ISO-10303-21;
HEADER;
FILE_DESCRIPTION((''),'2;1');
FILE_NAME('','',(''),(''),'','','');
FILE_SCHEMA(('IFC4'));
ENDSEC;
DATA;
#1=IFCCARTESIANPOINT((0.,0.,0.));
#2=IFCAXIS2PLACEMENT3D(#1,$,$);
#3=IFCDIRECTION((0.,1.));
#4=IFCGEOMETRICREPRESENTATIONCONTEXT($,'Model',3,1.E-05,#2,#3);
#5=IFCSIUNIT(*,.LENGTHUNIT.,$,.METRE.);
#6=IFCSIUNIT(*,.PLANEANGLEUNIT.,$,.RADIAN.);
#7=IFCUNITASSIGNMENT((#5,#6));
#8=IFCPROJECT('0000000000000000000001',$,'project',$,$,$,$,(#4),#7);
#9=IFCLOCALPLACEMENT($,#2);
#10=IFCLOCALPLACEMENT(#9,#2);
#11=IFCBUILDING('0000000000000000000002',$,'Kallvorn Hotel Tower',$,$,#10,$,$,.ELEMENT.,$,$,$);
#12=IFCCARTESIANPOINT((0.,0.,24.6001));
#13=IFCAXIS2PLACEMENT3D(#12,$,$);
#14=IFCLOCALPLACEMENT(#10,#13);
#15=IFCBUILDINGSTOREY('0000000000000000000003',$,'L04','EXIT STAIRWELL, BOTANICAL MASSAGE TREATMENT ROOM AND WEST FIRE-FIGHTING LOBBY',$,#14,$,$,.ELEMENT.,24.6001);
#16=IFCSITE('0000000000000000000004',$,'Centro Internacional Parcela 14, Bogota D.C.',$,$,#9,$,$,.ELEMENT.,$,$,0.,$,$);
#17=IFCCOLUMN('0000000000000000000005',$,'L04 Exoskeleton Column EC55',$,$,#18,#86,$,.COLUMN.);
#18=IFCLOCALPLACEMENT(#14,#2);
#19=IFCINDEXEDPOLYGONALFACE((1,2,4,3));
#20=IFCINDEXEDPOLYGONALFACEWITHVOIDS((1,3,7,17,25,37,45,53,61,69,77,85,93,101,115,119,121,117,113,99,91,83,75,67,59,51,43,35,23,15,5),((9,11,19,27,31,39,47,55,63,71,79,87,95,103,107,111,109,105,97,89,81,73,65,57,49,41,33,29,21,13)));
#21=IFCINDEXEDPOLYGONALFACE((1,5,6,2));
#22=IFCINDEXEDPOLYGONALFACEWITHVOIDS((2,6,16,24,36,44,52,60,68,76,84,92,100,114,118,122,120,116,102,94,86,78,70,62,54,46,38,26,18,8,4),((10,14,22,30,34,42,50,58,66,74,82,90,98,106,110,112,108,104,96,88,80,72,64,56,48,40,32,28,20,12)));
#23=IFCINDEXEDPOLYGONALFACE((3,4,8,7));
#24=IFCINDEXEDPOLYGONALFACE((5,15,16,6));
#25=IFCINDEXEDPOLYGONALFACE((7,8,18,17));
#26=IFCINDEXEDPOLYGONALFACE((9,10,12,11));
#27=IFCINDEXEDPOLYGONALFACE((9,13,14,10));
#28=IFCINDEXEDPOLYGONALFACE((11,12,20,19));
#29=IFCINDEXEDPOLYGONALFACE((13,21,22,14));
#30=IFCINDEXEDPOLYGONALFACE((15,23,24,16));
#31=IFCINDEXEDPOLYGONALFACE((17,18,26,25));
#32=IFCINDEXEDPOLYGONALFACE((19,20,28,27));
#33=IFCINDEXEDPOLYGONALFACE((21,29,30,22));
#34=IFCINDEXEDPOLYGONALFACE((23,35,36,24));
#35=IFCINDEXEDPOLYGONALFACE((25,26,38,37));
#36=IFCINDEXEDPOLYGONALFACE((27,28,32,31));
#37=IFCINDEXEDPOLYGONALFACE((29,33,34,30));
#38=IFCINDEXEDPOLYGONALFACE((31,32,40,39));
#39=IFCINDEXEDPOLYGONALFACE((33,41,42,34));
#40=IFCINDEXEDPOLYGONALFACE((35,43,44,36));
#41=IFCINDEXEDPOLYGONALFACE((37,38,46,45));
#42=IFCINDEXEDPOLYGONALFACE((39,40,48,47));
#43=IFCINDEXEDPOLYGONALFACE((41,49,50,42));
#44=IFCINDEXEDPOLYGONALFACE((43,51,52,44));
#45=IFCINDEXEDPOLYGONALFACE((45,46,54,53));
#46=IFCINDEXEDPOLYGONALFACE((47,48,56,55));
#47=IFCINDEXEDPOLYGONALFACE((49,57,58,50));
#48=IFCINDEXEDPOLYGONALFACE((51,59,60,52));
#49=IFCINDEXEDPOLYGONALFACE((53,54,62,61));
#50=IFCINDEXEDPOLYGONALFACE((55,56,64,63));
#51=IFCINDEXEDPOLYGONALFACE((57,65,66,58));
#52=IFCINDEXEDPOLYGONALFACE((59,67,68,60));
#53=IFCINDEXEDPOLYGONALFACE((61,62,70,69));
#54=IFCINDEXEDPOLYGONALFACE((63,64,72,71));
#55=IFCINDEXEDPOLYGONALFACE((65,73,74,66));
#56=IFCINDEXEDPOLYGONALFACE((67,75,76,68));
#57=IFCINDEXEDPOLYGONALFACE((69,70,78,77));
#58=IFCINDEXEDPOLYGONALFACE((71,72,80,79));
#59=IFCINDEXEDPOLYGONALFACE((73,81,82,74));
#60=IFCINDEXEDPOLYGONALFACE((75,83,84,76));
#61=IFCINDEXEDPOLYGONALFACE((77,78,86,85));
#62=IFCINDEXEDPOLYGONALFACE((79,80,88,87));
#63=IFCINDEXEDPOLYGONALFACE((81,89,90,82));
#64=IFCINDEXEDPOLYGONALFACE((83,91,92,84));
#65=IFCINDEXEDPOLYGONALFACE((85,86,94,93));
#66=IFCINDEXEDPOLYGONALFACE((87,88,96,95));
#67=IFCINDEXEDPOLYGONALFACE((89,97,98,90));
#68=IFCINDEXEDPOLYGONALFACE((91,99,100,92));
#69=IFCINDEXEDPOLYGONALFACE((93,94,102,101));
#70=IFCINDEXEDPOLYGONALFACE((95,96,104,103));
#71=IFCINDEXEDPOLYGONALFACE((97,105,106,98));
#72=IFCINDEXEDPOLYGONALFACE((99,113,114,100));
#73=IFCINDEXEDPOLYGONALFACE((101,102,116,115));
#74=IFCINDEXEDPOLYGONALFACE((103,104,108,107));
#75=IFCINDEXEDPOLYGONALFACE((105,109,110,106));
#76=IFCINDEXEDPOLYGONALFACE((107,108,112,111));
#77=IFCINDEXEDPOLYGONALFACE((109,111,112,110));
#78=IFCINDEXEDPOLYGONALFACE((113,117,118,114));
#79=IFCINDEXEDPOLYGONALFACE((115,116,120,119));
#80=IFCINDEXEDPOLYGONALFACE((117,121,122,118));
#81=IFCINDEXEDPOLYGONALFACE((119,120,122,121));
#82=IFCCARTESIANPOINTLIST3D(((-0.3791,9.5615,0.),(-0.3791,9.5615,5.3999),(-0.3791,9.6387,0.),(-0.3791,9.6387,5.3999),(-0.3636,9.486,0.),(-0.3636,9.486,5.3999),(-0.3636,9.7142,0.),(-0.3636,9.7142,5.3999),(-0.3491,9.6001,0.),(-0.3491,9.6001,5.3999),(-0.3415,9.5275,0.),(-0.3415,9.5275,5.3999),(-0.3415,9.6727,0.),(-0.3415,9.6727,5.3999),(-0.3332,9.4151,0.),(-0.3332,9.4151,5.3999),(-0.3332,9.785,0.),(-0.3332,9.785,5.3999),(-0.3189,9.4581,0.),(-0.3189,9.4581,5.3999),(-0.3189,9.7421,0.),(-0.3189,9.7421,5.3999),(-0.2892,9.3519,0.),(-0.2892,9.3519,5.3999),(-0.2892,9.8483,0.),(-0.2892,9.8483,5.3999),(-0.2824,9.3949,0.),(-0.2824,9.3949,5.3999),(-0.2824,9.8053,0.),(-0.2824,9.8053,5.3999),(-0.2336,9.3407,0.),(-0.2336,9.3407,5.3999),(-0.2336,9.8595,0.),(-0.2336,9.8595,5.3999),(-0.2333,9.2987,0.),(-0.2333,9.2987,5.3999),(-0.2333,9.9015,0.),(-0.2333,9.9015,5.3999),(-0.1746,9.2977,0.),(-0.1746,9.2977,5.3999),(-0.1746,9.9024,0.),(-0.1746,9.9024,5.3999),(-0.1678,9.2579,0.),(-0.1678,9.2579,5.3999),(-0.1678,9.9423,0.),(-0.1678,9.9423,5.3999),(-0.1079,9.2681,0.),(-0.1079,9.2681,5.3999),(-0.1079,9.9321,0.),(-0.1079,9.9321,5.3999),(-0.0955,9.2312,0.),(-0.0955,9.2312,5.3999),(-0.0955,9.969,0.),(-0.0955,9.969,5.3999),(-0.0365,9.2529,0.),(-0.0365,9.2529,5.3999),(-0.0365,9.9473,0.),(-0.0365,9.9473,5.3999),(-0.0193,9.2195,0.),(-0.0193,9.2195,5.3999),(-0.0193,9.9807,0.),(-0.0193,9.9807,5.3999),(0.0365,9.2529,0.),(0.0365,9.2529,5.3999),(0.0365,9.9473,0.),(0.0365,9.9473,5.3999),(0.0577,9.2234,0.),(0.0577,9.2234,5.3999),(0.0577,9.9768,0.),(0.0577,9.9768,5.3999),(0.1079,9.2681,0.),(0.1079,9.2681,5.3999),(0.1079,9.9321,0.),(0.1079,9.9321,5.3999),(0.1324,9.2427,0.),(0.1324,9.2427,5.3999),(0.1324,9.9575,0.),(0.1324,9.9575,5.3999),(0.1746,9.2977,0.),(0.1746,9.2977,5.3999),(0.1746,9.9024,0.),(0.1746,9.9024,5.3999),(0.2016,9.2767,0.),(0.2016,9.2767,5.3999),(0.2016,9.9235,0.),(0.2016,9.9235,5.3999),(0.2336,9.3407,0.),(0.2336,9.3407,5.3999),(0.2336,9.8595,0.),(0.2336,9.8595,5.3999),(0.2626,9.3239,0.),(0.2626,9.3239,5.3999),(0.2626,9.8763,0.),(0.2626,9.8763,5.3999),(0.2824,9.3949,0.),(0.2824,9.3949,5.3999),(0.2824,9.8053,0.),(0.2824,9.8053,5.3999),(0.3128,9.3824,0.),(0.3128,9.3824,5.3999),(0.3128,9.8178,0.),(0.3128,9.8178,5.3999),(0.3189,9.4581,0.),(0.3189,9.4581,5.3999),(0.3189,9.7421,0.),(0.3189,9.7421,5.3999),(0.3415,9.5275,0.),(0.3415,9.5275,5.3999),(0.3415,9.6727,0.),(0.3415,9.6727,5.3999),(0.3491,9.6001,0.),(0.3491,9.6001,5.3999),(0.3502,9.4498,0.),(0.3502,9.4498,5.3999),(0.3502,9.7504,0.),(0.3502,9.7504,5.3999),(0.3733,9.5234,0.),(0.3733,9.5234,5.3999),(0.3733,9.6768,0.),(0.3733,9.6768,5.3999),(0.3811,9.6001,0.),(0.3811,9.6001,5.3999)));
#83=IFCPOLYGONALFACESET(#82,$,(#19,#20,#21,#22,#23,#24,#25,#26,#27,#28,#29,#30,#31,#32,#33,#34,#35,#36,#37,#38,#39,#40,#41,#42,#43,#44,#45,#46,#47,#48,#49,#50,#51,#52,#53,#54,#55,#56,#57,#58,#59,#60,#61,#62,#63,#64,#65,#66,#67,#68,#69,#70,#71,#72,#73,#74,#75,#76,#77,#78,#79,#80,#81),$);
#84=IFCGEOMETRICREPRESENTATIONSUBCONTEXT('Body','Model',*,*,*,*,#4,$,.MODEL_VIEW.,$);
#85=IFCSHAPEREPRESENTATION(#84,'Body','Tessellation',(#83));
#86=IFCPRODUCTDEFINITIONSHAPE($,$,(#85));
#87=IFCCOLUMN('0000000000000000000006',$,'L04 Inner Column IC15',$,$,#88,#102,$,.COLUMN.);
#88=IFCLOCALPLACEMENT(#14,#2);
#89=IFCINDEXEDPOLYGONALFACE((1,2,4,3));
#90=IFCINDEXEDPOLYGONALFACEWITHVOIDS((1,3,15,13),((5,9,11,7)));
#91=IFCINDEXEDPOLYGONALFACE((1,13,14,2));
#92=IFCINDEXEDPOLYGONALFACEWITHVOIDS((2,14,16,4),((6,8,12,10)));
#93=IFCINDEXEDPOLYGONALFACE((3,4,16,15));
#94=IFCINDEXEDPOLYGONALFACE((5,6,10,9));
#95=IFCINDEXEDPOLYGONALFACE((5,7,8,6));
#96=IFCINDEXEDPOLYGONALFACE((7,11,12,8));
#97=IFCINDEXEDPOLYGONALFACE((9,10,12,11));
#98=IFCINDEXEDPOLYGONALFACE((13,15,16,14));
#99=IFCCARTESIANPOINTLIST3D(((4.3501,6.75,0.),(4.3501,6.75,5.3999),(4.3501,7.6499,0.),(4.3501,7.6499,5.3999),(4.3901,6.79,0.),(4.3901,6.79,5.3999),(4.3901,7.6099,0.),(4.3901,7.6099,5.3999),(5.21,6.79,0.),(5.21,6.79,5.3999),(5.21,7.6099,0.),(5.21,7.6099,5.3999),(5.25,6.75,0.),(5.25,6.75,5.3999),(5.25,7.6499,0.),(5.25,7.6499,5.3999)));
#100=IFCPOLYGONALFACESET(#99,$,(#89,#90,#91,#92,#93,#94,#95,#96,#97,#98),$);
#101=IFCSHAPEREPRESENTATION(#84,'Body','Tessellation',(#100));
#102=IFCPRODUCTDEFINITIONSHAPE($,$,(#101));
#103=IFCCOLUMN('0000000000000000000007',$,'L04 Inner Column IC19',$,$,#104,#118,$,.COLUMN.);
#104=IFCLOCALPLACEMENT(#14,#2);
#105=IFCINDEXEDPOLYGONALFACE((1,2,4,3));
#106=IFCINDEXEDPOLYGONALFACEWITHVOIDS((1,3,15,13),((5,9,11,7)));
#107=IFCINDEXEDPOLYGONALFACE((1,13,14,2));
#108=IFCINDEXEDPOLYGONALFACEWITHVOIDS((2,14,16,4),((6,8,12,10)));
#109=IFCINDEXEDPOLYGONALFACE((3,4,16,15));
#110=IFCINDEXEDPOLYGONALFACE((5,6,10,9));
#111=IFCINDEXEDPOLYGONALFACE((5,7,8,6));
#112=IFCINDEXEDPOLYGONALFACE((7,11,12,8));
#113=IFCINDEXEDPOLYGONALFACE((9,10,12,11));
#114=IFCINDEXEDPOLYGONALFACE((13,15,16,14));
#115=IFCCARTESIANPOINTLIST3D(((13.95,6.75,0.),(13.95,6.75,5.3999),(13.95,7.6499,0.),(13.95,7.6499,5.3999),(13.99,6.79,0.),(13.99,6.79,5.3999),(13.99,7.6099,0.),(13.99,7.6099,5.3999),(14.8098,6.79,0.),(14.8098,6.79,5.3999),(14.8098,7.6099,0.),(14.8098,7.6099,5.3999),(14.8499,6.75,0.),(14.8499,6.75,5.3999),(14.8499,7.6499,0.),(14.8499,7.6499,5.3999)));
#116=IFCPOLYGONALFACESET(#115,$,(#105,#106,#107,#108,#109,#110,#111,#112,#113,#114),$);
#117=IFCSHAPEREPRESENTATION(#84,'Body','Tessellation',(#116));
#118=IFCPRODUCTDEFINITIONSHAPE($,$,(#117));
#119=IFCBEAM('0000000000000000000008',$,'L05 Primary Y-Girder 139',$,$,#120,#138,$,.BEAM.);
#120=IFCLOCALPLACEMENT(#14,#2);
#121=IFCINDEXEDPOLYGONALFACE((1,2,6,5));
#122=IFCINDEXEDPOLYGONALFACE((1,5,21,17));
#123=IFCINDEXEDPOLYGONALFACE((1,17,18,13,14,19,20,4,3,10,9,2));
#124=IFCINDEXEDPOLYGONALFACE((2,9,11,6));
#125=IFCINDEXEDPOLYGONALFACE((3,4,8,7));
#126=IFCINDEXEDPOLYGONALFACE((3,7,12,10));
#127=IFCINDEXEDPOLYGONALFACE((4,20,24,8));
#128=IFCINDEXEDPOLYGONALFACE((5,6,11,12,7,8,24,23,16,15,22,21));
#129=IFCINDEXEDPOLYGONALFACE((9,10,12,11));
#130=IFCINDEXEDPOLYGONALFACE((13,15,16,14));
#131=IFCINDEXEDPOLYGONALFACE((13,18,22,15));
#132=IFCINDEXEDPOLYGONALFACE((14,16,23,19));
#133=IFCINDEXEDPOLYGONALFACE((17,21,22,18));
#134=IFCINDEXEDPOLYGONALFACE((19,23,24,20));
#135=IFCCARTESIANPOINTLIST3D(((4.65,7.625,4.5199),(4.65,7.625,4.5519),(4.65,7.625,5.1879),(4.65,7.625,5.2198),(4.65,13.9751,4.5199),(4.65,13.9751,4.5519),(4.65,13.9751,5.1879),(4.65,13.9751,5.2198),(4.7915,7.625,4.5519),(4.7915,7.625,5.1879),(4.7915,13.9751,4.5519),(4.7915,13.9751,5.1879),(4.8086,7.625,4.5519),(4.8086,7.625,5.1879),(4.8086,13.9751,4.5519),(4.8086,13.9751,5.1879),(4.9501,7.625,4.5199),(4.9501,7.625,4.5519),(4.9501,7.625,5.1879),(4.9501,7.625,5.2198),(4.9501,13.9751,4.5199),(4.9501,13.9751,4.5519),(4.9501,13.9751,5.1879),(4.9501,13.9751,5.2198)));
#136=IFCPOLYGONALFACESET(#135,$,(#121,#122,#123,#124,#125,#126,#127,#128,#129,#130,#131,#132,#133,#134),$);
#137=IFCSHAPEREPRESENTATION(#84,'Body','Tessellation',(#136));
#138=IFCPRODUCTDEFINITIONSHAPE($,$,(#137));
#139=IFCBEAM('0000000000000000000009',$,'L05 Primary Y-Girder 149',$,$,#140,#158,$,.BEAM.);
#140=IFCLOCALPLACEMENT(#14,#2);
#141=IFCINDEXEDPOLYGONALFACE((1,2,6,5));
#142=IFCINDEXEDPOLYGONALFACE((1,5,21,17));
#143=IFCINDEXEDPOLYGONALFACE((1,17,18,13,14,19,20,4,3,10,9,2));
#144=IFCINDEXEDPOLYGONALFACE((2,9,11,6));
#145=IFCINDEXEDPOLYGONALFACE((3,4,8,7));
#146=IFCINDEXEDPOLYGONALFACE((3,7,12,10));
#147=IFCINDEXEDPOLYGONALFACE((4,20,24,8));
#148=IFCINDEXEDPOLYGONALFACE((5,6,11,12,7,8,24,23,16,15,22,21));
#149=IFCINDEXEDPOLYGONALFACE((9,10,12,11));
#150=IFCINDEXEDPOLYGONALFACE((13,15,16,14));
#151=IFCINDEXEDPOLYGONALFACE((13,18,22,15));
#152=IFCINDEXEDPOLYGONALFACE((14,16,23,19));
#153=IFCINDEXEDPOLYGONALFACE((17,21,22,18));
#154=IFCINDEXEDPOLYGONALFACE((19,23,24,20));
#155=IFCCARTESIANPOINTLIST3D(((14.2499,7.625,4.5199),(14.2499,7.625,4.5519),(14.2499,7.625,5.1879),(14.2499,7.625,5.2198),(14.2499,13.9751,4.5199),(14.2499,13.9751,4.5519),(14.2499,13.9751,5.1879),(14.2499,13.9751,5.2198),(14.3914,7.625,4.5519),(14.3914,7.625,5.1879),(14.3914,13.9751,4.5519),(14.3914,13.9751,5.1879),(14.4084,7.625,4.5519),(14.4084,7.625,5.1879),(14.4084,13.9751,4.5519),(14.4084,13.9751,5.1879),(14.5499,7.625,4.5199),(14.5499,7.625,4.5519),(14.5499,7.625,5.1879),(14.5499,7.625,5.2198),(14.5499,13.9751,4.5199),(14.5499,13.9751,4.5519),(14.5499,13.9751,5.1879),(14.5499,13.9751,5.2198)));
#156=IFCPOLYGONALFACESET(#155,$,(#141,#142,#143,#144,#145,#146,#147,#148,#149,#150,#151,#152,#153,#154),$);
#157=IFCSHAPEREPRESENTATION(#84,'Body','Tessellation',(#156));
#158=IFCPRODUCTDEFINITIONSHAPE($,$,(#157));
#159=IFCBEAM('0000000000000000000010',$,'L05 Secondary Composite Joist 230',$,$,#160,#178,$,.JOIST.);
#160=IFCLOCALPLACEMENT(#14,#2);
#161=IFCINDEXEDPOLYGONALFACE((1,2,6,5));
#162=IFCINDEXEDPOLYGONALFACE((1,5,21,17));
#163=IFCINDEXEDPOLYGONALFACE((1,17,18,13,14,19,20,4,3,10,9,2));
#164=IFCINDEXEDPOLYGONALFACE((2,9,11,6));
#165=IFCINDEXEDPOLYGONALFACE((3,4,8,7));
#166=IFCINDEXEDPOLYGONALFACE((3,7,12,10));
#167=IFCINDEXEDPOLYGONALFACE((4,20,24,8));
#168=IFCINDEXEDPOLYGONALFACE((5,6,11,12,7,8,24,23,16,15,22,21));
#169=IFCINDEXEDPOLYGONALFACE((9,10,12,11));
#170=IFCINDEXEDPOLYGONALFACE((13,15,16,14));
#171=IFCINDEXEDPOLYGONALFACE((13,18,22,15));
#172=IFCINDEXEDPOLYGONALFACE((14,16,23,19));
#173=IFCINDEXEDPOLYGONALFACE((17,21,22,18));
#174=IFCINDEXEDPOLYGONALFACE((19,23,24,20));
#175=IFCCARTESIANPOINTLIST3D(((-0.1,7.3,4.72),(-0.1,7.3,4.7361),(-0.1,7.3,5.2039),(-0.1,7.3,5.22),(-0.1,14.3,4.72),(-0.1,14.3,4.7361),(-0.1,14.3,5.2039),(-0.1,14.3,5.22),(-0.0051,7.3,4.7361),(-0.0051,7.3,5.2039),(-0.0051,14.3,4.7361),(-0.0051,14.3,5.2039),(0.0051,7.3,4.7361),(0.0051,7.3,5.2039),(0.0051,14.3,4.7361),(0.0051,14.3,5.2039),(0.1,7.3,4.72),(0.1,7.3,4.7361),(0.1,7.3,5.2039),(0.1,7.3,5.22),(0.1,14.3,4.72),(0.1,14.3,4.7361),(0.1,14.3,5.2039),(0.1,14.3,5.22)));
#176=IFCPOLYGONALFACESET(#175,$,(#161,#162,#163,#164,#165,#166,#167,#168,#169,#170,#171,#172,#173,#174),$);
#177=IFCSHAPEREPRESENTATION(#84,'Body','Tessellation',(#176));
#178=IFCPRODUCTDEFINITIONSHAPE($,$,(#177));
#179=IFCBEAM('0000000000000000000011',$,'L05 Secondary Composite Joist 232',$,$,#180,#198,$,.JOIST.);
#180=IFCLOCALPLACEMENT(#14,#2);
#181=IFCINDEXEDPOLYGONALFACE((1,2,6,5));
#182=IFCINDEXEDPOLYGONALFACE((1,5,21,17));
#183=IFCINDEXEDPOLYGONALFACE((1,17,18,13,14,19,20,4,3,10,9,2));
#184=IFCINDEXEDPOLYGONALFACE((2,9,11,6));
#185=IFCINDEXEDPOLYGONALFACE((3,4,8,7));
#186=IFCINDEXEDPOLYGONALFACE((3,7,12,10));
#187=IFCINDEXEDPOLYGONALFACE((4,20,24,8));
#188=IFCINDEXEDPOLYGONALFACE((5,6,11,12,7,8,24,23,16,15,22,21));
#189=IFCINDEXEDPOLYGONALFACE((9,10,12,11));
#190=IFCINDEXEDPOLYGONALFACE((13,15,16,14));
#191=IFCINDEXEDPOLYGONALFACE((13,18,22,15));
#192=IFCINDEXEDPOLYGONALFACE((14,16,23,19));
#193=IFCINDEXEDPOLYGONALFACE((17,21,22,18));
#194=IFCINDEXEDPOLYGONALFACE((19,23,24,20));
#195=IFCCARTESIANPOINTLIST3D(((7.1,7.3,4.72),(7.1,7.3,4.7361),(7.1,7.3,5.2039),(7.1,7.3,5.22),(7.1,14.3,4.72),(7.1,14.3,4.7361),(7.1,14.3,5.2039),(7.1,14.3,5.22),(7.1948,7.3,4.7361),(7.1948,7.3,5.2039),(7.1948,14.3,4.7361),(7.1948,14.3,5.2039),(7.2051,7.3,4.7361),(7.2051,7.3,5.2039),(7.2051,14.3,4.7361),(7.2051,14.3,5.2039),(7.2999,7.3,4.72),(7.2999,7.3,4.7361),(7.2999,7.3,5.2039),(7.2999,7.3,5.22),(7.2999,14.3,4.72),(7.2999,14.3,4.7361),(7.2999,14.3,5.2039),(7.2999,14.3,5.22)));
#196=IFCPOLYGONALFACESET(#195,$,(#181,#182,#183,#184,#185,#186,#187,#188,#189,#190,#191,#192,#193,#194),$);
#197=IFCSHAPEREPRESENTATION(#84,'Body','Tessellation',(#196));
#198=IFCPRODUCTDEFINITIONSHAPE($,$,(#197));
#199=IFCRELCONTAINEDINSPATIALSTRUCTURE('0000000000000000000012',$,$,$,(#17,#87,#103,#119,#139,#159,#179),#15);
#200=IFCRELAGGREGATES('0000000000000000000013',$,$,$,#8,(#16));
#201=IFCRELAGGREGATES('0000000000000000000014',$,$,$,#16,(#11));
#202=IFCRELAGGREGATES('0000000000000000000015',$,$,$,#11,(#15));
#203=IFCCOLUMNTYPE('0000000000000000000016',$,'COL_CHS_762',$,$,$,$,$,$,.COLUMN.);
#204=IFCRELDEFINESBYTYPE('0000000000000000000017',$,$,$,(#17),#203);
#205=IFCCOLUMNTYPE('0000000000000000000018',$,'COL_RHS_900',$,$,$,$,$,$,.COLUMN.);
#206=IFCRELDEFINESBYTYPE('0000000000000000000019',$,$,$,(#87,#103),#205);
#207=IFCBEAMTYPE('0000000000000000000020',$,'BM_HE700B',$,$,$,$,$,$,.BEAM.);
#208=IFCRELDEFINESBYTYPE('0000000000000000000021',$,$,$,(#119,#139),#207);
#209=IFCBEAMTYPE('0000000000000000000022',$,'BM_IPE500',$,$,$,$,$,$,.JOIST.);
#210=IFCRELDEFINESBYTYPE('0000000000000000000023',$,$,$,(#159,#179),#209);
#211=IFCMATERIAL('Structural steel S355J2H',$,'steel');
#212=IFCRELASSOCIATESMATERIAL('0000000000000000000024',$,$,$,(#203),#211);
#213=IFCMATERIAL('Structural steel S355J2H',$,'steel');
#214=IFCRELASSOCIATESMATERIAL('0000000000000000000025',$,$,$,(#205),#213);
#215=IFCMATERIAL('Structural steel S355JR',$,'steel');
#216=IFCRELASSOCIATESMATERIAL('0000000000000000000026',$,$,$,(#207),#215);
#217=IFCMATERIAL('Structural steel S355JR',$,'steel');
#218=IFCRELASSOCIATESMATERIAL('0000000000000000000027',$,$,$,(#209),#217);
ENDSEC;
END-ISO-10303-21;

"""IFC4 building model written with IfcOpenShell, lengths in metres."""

from ifc_helpers import new_model, si_unit, direction, frame, origin, origin_2d, place, context, subcontext, project, spatial, hollow_rectangle, hollow_circle, i_section, extrude, material, material_profile, profile_set, type_object, element, save


model = new_model("IFC4")

# Units and contexts
model_context = context("Model", 3, precision=1e-05, world=origin(), true_north=direction((0.0, 1.0)))
body_context = subcontext(model_context, "Body", "Model", "MODEL_VIEW")
ifc_project = project(units=[si_unit("LENGTHUNIT", "METRE"), si_unit("PLANEANGLEUNIT", "RADIAN")], contexts=[model_context])

# Site, building, storey
site_placement = place(None, origin())
site = spatial("IfcSite", under=ifc_project, at=site_placement, Name="Centro Internacional Parcela 14, Bogota D.C.", CompositionType="ELEMENT", RefElevation=0.0)
building_placement = place(site_placement, origin())
building = spatial("IfcBuilding", under=site, at=building_placement, Name="Kallvorn Hotel Tower", CompositionType="ELEMENT")
storey_placement = place(building_placement, frame((0.0, 0.0, 24.6001)))
storey = spatial("IfcBuildingStorey", under=building, at=storey_placement, Name="L04", Description="EXIT STAIRWELL, BOTANICAL MASSAGE TREATMENT ROOM AND WEST FIRE-FIGHTING LOBBY", CompositionType="ELEMENT", Elevation=24.6001)

# Columns
ifc_material_1 = material(Name="Structural steel S355J2H", Category="steel")
ifc_material_profile_1 = material_profile(ifc_material_1, hollow_circle(Radius=0.3811, WallThickness=0.032, at=origin_2d()), Name="CHS 762x32")
ifc_profile_set_1 = profile_set([ifc_material_profile_1], Name="Structural steel S355J2H")
column_type_1 = type_object("IfcColumnType", Name="COL_CHS_762", PredefinedType="COLUMN", material=ifc_profile_set_1)
column_placement = place(storey_placement, frame((0.0, 9.6001, 0.0), z_axis=(0.0, 0.0, 1.0), x_axis=(1.0, 0.0, 0.0)))
element("IfcColumn", 1, at=column_placement, inside=storey, type_object=column_type_1, Name="L04 Exoskeleton Column EC55", PredefinedType="COLUMN", context=body_context, shape_type="SweptSolid", body=[
    extrude(hollow_circle(Radius=0.3811, WallThickness=0.032, at=origin_2d()), origin(), (0.0, 0.0, 1.0), 5.3999),
])
ifc_material_2 = material(Name="Structural steel S355J2H", Category="steel")
ifc_material_profile_2 = material_profile(ifc_material_2, hollow_rectangle(XDim=0.8999, YDim=0.8999, WallThickness=0.04, at=origin_2d()), Name="RHS 900x900x40")
ifc_profile_set_2 = profile_set([ifc_material_profile_2], Name="Structural steel S355J2H")
column_type_2 = type_object("IfcColumnType", Name="COL_RHS_900", PredefinedType="COLUMN", material=ifc_profile_set_2)
for number, where, z_axis, x_axis, name in (
    (2, (4.8, 7.2, 0.0), (0.0, 0.0, 1.0), (1.0, 0.0, 0.0), "L04 Inner Column IC15"),
    (3, (14.3999, 7.2, 0.0), (0.0, 0.0, 1.0), (1.0, 0.0, 0.0), "L04 Inner Column IC19"),
):
    element("IfcColumn", number, at=place(storey_placement, frame(where, z_axis=z_axis, x_axis=x_axis)), inside=storey, type_object=column_type_2, Name=name, PredefinedType="COLUMN", context=body_context, shape_type="SweptSolid", body=[
        extrude(hollow_rectangle(XDim=0.8999, YDim=0.8999, WallThickness=0.04, at=origin_2d()), origin(), (0.0, 0.0, 1.0), 5.3999),
    ])

# Beams
ifc_material_3 = material(Name="Structural steel S355JR", Category="steel")
ifc_material_profile_3 = material_profile(ifc_material_3, i_section(OverallWidth=0.3, OverallDepth=0.7, WebThickness=0.0171, FlangeThickness=0.032, at=origin_2d()), Name="HE 700 B")
ifc_profile_set_3 = profile_set([ifc_material_profile_3], Name="Structural steel S355JR")
beam_type_1 = type_object("IfcBeamType", Name="BM_HE700B", PredefinedType="BEAM", material=ifc_profile_set_3)
for number, where, z_axis, x_axis, name in (
    (4, (4.8, 7.625, 4.8699), (0.0, 1.0, 0.0), (-1.0, 0.0, 0.0), "L05 Primary Y-Girder 139"),
    (5, (14.3999, 7.625, 4.8699), (0.0, 1.0, 0.0), (-1.0, 0.0, 0.0), "L05 Primary Y-Girder 149"),
):
    element("IfcBeam", number, at=place(storey_placement, frame(where, z_axis=z_axis, x_axis=x_axis)), inside=storey, type_object=beam_type_1, Name=name, PredefinedType="BEAM", context=body_context, shape_type="SweptSolid", body=[
        extrude(i_section(OverallWidth=0.3, OverallDepth=0.7, WebThickness=0.0171, FlangeThickness=0.032, at=origin_2d()), origin(), (0.0, 0.0, 1.0), 6.3501),
    ])
ifc_material_4 = material(Name="Structural steel S355JR", Category="steel")
ifc_material_profile_4 = material_profile(ifc_material_4, i_section(OverallWidth=0.2, OverallDepth=0.5, WebThickness=0.0103, FlangeThickness=0.0161, at=origin_2d()), Name="IPE 500")
ifc_profile_set_4 = profile_set([ifc_material_profile_4], Name="Structural steel S355JR")
beam_type_2 = type_object("IfcBeamType", Name="BM_IPE500", PredefinedType="JOIST", material=ifc_profile_set_4)
for number, where, z_axis, x_axis, name in (
    (6, (0.0, 7.3, 4.97), (0.0, 1.0, 0.0), (-1.0, 0.0, 0.0), "L05 Secondary Composite Joist 230"),
    (7, (7.2, 7.3, 4.97), (0.0, 1.0, 0.0), (-1.0, 0.0, 0.0), "L05 Secondary Composite Joist 232"),
):
    element("IfcBeam", number, at=place(storey_placement, frame(where, z_axis=z_axis, x_axis=x_axis)), inside=storey, type_object=beam_type_2, Name=name, PredefinedType="JOIST", context=body_context, shape_type="SweptSolid", body=[
        extrude(i_section(OverallWidth=0.2, OverallDepth=0.5, WebThickness=0.0103, FlangeThickness=0.0161, at=origin_2d()), origin(), (0.0, 0.0, 1.0), 7.0),
    ])

save(model, "model.ifc")
